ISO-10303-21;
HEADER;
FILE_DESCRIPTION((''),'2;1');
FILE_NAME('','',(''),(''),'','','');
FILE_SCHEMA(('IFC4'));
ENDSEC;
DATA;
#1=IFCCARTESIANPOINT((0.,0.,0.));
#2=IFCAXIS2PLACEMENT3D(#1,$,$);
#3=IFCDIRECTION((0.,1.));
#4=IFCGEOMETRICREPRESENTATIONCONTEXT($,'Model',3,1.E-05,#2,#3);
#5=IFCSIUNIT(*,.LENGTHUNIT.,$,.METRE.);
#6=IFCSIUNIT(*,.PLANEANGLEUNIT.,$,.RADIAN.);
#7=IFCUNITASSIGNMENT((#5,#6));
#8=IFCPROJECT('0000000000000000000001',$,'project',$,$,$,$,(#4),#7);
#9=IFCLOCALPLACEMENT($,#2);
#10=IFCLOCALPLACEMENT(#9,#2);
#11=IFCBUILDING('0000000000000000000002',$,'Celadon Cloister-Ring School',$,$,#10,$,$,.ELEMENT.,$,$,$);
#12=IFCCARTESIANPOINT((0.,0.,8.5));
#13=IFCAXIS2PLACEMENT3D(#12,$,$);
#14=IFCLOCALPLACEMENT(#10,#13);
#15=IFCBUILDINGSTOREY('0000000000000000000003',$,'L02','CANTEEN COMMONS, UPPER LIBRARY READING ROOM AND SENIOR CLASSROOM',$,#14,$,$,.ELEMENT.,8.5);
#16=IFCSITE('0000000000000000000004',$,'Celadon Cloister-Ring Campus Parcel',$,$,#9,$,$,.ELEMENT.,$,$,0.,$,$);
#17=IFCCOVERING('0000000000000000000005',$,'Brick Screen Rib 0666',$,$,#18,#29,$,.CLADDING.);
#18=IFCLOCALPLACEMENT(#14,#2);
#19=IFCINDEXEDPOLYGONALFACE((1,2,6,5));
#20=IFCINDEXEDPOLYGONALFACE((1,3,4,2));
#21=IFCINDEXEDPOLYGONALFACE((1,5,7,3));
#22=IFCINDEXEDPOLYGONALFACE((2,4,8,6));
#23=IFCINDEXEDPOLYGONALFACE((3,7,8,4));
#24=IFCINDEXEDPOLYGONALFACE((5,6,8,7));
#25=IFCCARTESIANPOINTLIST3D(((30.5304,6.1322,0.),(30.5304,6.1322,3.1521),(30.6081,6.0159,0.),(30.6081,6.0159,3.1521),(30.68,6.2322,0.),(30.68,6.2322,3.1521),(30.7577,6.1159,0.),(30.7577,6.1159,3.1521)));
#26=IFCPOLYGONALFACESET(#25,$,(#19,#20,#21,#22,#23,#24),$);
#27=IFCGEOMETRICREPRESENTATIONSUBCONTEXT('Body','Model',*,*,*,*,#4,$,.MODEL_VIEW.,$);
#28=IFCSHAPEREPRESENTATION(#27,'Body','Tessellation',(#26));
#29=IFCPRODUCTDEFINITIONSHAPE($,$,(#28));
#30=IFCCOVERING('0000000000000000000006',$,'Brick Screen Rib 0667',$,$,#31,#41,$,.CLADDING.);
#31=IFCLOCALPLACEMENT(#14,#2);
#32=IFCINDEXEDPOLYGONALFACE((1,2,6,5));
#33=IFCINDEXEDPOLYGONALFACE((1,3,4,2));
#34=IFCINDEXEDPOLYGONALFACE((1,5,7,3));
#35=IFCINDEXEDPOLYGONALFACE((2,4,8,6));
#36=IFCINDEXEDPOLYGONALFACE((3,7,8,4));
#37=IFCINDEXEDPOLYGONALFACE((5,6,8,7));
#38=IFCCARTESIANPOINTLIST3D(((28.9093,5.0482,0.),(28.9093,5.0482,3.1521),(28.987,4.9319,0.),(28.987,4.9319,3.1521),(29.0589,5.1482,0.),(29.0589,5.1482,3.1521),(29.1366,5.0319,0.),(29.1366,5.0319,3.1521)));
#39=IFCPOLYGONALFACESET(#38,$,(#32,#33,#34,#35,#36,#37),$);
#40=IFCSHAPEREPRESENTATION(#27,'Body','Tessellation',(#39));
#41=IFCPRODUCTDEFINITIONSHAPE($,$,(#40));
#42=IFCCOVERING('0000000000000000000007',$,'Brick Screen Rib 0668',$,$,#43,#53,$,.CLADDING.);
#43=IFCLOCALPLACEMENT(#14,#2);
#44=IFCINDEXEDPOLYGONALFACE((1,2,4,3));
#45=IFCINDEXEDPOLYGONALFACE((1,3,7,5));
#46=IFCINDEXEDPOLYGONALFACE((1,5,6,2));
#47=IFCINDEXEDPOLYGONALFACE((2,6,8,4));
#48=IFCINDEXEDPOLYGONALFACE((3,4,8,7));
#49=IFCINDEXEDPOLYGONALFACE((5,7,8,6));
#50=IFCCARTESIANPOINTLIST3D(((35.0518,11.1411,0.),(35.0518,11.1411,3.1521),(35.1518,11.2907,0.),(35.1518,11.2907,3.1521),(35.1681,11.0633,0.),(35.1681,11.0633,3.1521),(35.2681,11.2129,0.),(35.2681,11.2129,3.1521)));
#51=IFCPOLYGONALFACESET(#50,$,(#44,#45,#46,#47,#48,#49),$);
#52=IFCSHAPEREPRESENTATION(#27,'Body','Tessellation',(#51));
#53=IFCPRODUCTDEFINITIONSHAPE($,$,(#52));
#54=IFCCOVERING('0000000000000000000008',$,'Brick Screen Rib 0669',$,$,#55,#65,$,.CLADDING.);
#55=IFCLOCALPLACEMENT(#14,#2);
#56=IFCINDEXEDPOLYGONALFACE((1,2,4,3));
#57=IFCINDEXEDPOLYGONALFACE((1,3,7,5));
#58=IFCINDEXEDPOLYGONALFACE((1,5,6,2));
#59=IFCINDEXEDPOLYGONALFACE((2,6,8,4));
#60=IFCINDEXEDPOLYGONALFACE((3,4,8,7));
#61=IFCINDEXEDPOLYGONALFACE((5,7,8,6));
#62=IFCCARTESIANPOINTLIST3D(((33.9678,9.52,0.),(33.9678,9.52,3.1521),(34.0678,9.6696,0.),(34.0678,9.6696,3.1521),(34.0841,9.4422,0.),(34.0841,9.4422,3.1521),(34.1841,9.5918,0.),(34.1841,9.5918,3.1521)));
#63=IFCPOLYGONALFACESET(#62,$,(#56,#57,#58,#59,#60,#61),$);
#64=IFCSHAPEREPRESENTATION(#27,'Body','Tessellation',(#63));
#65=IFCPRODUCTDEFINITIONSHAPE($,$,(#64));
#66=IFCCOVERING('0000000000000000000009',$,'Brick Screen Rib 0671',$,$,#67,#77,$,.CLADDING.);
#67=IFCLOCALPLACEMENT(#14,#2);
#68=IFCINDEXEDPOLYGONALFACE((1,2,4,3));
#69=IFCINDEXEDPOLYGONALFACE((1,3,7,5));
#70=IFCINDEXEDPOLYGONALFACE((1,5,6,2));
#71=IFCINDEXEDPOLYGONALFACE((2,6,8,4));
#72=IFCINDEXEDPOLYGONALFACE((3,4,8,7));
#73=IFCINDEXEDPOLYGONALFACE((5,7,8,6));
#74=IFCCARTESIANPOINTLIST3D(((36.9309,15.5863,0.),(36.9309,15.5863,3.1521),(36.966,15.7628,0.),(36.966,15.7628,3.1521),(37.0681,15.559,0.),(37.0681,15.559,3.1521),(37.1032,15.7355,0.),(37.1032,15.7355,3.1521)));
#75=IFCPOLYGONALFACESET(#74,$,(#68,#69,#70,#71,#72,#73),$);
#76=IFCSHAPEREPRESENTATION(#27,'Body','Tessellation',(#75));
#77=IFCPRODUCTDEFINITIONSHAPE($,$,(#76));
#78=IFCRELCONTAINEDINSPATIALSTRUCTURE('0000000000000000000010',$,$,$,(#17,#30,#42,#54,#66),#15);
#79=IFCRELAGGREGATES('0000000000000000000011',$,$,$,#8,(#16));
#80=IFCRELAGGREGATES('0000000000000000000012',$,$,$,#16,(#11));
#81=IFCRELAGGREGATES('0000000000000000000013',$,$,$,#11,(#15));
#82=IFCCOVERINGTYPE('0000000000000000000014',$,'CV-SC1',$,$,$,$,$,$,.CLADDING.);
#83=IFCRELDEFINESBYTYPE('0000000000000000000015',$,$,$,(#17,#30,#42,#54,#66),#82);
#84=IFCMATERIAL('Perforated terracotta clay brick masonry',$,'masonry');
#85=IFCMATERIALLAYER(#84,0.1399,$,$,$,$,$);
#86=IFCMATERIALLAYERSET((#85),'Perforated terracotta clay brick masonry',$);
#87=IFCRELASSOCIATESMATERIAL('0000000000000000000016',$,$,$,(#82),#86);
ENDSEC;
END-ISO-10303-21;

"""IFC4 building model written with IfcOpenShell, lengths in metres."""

from ifc_helpers import new_model, si_unit, direction, frame, origin, origin_2d, place, context, subcontext, project, spatial, rectangle, extrude, material, layer, layer_set, type_object, element, save


model = new_model("IFC4")

# Units and contexts
model_context = context("Model", 3, precision=1e-05, world=origin(), true_north=direction((0.0, 1.0)))
body_context = subcontext(model_context, "Body", "Model", "MODEL_VIEW")
ifc_project = project(units=[si_unit("LENGTHUNIT", "METRE"), si_unit("PLANEANGLEUNIT", "RADIAN")], contexts=[model_context])

# Site, building, storey
site_placement = place(None, origin())
site = spatial("IfcSite", under=ifc_project, at=site_placement, Name="Celadon Cloister-Ring Campus Parcel", CompositionType="ELEMENT", RefElevation=0.0)
building_placement = place(site_placement, origin())
building = spatial("IfcBuilding", under=site, at=building_placement, Name="Celadon Cloister-Ring School", CompositionType="ELEMENT")
storey_placement = place(building_placement, frame((0.0, 0.0, 8.5)))
storey = spatial("IfcBuildingStorey", under=building, at=storey_placement, Name="L02", Description="CANTEEN COMMONS, UPPER LIBRARY READING ROOM AND SENIOR CLASSROOM", CompositionType="ELEMENT", Elevation=8.5)

# Coverings
ifc_material_1 = material(Name="Perforated terracotta clay brick masonry", Category="masonry")
ifc_layer_1 = layer(ifc_material_1, 0.1399)
ifc_layer_set_1 = layer_set([ifc_layer_1], Name="Perforated terracotta clay brick masonry")
covering_type = type_object("IfcCoveringType", Name="CV-SC1", PredefinedType="CLADDING", material=ifc_layer_set_1)
for number, where, z_axis, x_axis, name in (
    (1, (30.644, 6.124, 0.0), (0.0, 0.0, 1.0), (-0.831402, -0.555672, 0.0), "Brick Screen Rib 0666"),
    (2, (29.0229, 5.04, 0.0), (0.0, 0.0, 1.0), (-0.831402, -0.555672, 0.0), "Brick Screen Rib 0667"),
    (3, (35.1599, 11.177, 0.0), (0.0, 0.0, 1.0), (-0.555672, -0.831402, 0.0), "Brick Screen Rib 0668"),
    (4, (34.0759, 9.5559, 0.0), (0.0, 0.0, 1.0), (-0.555672, -0.831402, 0.0), "Brick Screen Rib 0669"),
    (5, (37.0171, 15.6609, 0.0), (0.0, 0.0, 1.0), (-0.195142, -0.980775, 0.0), "Brick Screen Rib 0671"),
):
    element("IfcCovering", number, at=place(storey_placement, frame(where, z_axis=z_axis, x_axis=x_axis)), inside=storey, type_object=covering_type, Name=name, PredefinedType="CLADDING", context=body_context, shape_type="SweptSolid", body=[
        extrude(rectangle(XDim=0.1799, YDim=0.1399, at=origin_2d()), origin(), (0.0, 0.0, 1.0), 3.1521),
    ])

save(model, "model.ifc")
